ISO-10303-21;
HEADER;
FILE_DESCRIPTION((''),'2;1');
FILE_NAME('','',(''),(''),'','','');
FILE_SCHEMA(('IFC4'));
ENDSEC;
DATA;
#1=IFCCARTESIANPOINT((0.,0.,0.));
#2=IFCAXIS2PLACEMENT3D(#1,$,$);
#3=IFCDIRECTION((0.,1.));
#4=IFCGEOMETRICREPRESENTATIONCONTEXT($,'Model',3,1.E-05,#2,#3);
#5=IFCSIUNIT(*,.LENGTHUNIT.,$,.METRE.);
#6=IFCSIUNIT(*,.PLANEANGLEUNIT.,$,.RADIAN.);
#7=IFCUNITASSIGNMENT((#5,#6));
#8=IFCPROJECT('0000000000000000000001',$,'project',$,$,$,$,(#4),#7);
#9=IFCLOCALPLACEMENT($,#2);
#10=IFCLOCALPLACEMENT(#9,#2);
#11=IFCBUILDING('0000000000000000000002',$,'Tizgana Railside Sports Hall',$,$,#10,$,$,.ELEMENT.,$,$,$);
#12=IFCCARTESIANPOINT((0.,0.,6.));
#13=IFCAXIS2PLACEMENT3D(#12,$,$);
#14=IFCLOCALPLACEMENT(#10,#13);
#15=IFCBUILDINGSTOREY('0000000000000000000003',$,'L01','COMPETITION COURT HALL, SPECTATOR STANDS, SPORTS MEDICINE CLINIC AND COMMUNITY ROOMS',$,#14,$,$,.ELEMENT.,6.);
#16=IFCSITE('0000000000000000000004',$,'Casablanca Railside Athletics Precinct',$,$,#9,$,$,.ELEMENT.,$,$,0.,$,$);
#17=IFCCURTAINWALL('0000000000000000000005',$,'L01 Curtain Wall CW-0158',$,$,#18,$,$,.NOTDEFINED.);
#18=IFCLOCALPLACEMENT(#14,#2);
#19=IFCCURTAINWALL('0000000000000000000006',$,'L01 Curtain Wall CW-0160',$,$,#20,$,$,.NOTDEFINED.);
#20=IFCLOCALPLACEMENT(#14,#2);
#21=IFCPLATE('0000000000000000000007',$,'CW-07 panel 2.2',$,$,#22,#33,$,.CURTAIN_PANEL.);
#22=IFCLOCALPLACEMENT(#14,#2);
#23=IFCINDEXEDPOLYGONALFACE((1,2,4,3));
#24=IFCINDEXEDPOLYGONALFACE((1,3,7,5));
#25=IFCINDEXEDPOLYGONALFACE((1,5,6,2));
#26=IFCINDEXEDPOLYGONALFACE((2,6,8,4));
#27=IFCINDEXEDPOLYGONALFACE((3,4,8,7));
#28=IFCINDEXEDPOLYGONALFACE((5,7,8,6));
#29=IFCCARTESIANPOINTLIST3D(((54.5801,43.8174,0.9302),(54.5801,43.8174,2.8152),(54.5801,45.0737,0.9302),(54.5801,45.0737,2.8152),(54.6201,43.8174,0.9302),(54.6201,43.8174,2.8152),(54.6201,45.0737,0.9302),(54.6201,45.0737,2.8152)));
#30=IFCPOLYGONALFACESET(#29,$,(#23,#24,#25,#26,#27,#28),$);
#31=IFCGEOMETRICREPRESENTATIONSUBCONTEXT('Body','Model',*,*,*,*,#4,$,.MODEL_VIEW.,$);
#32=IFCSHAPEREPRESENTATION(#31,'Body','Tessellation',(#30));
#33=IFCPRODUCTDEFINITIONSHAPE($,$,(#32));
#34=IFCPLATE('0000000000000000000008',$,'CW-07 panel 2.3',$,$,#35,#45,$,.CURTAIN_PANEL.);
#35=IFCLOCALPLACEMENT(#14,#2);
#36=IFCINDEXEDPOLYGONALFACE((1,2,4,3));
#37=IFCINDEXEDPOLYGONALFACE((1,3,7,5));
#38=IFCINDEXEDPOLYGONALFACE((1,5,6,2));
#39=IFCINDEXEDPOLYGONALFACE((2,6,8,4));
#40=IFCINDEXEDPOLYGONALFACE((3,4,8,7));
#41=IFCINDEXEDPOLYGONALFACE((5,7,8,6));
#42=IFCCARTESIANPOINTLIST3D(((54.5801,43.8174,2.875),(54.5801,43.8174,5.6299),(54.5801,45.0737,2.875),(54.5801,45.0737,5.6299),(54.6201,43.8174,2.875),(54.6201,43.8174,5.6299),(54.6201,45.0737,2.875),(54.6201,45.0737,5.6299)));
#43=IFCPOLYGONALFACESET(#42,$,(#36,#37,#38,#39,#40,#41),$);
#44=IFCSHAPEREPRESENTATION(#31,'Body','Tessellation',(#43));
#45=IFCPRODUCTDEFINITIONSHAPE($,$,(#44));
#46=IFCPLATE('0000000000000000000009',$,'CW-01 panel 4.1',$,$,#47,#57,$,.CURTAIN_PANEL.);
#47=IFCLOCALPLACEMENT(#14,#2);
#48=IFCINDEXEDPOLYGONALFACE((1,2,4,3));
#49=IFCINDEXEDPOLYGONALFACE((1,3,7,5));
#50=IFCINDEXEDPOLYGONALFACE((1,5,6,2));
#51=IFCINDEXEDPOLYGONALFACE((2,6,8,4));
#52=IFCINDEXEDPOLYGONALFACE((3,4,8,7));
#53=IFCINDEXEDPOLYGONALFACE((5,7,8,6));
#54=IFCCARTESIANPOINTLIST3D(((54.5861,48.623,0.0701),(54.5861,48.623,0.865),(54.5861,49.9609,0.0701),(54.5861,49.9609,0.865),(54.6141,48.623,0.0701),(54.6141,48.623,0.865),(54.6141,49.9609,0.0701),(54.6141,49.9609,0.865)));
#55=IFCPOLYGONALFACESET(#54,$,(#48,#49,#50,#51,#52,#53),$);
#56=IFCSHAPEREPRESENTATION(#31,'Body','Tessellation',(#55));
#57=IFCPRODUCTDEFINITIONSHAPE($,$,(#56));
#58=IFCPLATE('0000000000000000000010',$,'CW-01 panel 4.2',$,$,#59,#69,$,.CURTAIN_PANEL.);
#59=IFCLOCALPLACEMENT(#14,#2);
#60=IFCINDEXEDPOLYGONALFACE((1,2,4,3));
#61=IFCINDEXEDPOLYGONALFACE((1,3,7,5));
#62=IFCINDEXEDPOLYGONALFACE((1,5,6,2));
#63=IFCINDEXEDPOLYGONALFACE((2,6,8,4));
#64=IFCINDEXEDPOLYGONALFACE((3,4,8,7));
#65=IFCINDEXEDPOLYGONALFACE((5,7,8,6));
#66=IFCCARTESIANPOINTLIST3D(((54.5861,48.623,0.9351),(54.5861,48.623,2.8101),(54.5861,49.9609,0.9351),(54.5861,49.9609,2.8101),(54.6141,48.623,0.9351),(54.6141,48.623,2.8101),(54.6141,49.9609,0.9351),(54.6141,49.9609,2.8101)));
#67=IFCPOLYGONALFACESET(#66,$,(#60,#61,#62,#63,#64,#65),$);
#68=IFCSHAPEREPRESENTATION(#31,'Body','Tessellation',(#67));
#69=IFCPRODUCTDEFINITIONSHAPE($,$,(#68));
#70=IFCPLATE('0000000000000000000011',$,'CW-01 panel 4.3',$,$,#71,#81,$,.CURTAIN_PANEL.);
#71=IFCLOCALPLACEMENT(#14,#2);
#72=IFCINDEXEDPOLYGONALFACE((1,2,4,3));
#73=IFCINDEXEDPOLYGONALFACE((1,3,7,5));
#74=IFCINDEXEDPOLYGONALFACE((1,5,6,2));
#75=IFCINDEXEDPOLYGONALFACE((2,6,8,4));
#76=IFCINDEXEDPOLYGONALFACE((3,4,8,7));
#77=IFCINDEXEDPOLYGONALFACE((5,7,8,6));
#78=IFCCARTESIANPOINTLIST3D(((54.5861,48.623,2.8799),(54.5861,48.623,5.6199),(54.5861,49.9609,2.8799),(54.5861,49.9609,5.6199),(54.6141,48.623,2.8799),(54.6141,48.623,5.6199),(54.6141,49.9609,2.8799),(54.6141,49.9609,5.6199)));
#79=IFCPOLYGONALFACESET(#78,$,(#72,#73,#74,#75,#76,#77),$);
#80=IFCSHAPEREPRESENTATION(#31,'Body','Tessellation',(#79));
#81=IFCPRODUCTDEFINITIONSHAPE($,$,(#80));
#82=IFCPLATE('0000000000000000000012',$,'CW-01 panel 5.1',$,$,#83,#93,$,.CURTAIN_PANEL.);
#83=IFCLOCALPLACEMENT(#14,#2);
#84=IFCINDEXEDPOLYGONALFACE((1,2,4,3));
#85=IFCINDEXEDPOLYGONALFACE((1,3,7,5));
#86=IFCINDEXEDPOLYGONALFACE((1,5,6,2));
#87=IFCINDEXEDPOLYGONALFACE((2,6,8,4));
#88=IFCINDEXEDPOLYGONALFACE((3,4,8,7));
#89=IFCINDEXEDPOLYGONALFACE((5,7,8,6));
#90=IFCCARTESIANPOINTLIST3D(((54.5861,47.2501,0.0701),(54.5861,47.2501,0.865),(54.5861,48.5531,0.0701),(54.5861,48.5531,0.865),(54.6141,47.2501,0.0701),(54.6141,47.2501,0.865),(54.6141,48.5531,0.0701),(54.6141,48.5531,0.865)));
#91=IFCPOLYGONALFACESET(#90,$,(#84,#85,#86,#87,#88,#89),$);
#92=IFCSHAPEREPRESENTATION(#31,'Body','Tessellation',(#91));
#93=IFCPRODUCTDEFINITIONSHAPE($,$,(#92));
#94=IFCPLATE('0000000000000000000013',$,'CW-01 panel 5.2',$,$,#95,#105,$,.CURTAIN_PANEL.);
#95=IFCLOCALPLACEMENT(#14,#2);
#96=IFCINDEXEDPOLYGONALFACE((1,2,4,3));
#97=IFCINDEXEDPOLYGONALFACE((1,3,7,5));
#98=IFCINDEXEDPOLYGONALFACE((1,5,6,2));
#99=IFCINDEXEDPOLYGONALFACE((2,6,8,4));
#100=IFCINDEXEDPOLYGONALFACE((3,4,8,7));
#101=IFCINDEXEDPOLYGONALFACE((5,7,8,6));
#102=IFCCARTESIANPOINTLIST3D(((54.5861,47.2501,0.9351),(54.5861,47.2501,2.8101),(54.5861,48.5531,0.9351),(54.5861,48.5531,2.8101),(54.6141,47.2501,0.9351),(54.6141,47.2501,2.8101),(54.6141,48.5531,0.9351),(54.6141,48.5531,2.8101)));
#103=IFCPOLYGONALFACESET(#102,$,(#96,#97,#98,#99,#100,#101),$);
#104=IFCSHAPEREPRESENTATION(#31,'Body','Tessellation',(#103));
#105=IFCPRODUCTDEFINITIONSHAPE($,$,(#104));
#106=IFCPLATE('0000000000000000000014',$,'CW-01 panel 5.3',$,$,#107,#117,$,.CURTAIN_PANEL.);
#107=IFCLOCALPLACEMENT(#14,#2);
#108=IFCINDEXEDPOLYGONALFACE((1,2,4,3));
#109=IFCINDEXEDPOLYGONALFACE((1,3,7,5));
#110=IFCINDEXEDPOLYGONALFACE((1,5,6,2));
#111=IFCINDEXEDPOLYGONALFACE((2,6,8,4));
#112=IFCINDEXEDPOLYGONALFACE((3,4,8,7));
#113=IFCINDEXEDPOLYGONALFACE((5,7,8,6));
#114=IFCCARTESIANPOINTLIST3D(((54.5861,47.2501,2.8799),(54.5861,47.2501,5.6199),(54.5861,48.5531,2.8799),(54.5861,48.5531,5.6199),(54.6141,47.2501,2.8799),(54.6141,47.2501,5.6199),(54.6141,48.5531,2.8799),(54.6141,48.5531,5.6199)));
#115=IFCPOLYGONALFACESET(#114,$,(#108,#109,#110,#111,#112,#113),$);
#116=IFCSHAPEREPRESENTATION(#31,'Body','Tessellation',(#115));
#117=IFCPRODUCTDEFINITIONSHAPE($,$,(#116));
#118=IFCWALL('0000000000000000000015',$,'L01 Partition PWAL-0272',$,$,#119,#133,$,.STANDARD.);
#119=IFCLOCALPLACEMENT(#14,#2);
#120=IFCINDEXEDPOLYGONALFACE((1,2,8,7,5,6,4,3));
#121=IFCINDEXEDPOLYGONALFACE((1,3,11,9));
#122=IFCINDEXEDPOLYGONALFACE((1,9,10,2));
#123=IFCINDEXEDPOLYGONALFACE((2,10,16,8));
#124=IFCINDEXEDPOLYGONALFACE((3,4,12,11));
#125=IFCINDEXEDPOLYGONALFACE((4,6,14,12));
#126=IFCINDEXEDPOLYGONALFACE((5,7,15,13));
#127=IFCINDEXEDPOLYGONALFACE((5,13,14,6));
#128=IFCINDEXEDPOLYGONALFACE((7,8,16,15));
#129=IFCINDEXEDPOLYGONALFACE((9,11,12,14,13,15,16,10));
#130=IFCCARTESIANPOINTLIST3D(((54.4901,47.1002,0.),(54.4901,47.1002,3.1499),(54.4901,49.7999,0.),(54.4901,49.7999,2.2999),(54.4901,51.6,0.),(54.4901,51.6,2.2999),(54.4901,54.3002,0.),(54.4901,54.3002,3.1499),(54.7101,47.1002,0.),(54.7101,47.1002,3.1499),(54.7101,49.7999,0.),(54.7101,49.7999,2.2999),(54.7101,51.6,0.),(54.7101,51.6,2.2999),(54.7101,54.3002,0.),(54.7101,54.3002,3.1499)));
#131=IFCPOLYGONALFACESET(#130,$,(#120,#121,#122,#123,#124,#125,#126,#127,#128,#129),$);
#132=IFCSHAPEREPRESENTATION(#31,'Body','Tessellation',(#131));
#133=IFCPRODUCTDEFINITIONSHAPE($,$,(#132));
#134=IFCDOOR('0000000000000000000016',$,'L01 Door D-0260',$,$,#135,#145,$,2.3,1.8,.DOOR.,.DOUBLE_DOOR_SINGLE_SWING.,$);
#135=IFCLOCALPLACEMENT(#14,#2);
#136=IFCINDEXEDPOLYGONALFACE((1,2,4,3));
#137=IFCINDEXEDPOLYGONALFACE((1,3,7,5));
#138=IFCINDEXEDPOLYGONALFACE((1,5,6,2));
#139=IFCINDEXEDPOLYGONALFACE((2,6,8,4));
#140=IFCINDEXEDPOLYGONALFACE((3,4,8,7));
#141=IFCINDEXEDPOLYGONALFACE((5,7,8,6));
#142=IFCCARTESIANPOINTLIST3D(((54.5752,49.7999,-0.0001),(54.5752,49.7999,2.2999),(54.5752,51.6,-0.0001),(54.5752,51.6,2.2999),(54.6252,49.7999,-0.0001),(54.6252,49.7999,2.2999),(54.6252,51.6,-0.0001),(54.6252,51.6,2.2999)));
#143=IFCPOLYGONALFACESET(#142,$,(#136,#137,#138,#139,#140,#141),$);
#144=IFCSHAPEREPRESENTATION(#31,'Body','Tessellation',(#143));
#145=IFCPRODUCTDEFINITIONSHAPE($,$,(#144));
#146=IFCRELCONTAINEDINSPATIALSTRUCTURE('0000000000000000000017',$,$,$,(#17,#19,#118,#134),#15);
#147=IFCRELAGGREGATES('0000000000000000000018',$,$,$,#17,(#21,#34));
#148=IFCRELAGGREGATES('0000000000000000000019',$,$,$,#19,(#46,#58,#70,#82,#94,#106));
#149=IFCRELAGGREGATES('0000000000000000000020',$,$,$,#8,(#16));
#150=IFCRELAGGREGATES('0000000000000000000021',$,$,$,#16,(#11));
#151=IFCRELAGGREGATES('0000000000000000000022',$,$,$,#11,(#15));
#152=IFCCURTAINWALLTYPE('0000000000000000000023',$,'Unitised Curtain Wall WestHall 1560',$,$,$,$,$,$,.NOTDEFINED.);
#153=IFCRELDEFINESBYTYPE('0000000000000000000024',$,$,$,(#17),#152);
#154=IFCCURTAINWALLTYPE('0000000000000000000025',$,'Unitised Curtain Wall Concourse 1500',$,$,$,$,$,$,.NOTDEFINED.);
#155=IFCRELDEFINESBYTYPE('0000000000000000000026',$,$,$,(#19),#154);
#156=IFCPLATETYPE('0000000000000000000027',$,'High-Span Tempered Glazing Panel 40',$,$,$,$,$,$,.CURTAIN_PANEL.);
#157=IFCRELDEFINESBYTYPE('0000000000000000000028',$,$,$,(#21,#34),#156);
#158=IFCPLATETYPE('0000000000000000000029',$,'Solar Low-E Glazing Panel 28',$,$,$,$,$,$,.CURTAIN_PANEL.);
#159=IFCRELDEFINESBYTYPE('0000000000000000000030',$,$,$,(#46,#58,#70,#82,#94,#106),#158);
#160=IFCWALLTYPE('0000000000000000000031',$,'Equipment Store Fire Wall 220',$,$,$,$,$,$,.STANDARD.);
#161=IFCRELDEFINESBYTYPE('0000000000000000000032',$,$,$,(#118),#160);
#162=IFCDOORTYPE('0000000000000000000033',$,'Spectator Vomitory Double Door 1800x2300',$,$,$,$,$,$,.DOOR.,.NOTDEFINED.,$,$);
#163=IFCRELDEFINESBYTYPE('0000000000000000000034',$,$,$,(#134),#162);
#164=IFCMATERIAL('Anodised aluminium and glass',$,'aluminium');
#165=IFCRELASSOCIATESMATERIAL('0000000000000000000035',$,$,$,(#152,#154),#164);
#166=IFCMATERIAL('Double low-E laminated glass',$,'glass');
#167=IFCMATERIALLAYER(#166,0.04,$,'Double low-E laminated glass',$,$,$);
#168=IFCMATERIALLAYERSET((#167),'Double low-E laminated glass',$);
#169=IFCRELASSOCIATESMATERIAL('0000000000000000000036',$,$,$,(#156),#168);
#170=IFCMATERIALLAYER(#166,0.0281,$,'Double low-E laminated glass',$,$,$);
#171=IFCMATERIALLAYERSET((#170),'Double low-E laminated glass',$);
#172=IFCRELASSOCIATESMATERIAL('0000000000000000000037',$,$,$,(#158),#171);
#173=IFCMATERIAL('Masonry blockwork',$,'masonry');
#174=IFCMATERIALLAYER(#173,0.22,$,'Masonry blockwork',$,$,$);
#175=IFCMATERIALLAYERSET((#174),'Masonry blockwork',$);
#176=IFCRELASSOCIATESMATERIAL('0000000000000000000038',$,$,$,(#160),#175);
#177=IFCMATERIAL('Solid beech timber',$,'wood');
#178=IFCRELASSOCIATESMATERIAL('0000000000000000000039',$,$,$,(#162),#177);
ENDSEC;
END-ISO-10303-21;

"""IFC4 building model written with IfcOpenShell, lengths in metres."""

from ifc_helpers import new_model, si_unit, direction, frame, frame_2d, origin, origin_2d, place, context, subcontext, project, spatial, rectangle, extrude, material, layer, layer_set, type_object, element, fill, aggregate, save


model = new_model("IFC4")

# Units and contexts
model_context = context("Model", 3, precision=1e-05, world=origin(), true_north=direction((0.0, 1.0)))
body_context = subcontext(model_context, "Body", "Model", "MODEL_VIEW")
ifc_project = project(units=[si_unit("LENGTHUNIT", "METRE"), si_unit("PLANEANGLEUNIT", "RADIAN")], contexts=[model_context])

# Site, building, storey
site_placement = place(None, origin())
site = spatial("IfcSite", under=ifc_project, at=site_placement, Name="Casablanca Railside Athletics Precinct", CompositionType="ELEMENT", RefElevation=0.0)
building_placement = place(site_placement, origin())
building = spatial("IfcBuilding", under=site, at=building_placement, Name="Tizgana Railside Sports Hall", CompositionType="ELEMENT")
storey_placement = place(building_placement, frame((0.0, 0.0, 6.0)))
storey = spatial("IfcBuildingStorey", under=building, at=storey_placement, Name="L01", Description="COMPETITION COURT HALL, SPECTATOR STANDS, SPORTS MEDICINE CLINIC AND COMMUNITY ROOMS", CompositionType="ELEMENT", Elevation=6.0)

# Curtain walls
ifc_material_1 = material(Name="Anodised aluminium and glass", Category="aluminium")
curtain_wall_type_1 = type_object("IfcCurtainWallType", Name="Unitised Curtain Wall WestHall 1560", PredefinedType="NOTDEFINED", material=ifc_material_1)
curtain_wall_1_placement = place(storey_placement, origin())
curtain_wall_1 = element("IfcCurtainWall", 1, at=curtain_wall_1_placement, inside=storey, type_object=curtain_wall_type_1, Name="L01 Curtain Wall CW-0158", PredefinedType="NOTDEFINED")
curtain_wall_type_2 = type_object("IfcCurtainWallType", Name="Unitised Curtain Wall Concourse 1500", PredefinedType="NOTDEFINED", material=ifc_material_1)
curtain_wall_2_placement = place(storey_placement, origin())
curtain_wall_2 = element("IfcCurtainWall", 2, at=curtain_wall_2_placement, inside=storey, type_object=curtain_wall_type_2, Name="L01 Curtain Wall CW-0160", PredefinedType="NOTDEFINED")

# Plates
ifc_material_2 = material(Name="Double low-E laminated glass", Category="glass")
ifc_layer_1 = layer(ifc_material_2, 0.04, Name="Double low-E laminated glass")
ifc_layer_set_1 = layer_set([ifc_layer_1], Name="Double low-E laminated glass")
plate_type_1 = type_object("IfcPlateType", Name="High-Span Tempered Glazing Panel 40", PredefinedType="CURTAIN_PANEL", material=ifc_layer_set_1)
plate_1_placement = place(storey_placement, frame((54.6001, 44.4456, 0.9302), z_axis=(0.0, 0.0, 1.0), x_axis=(0.0, -1.0, 0.0)))
plate_1 = element("IfcPlate", 3, at=plate_1_placement, type_object=plate_type_1, Name="CW-07 panel 2.2", PredefinedType="CURTAIN_PANEL", context=body_context, shape_type="SweptSolid", body=[
    extrude(rectangle(XDim=1.2563, YDim=0.04, at=origin_2d()), origin(), (0.0, 0.0, 1.0), 1.885),
])
plate_2_placement = place(storey_placement, frame((54.6001, 44.4456, 2.875), z_axis=(0.0, 0.0, 1.0), x_axis=(0.0, -1.0, 0.0)))
plate_2 = element("IfcPlate", 4, at=plate_2_placement, type_object=plate_type_1, Name="CW-07 panel 2.3", PredefinedType="CURTAIN_PANEL", context=body_context, shape_type="SweptSolid", body=[
    extrude(rectangle(XDim=1.2563, YDim=0.04, at=origin_2d()), origin(), (0.0, 0.0, 1.0), 2.7549),
])
aggregate(curtain_wall_1, [plate_1, plate_2])
ifc_layer_2 = layer(ifc_material_2, 0.0281, Name="Double low-E laminated glass")
ifc_layer_set_2 = layer_set([ifc_layer_2], Name="Double low-E laminated glass")
plate_type_2 = type_object("IfcPlateType", Name="Solar Low-E Glazing Panel 28", PredefinedType="CURTAIN_PANEL", material=ifc_layer_set_2)
plate_3_placement = place(storey_placement, frame((54.6001, 49.292, 0.0701), z_axis=(0.0, 0.0, 1.0), x_axis=(0.0, -1.0, 0.0)))
plate_3 = element("IfcPlate", 5, at=plate_3_placement, type_object=plate_type_2, Name="CW-01 panel 4.1", PredefinedType="CURTAIN_PANEL", context=body_context, shape_type="SweptSolid", body=[
    extrude(rectangle(XDim=1.3379, YDim=0.0281, at=origin_2d()), origin(), (0.0, 0.0, 1.0), 0.7949),
])
plate_4_placement = place(storey_placement, frame((54.6001, 49.292, 0.9351), z_axis=(0.0, 0.0, 1.0), x_axis=(0.0, -1.0, 0.0)))
plate_4 = element("IfcPlate", 6, at=plate_4_placement, type_object=plate_type_2, Name="CW-01 panel 4.2", PredefinedType="CURTAIN_PANEL", context=body_context, shape_type="SweptSolid", body=[
    extrude(rectangle(XDim=1.3379, YDim=0.0281, at=origin_2d()), origin(), (0.0, 0.0, 1.0), 1.875),
])
plate_5_placement = place(storey_placement, frame((54.6001, 49.292, 2.8799), z_axis=(0.0, 0.0, 1.0), x_axis=(0.0, -1.0, 0.0)))
plate_5 = element("IfcPlate", 7, at=plate_5_placement, type_object=plate_type_2, Name="CW-01 panel 4.3", PredefinedType="CURTAIN_PANEL", context=body_context, shape_type="SweptSolid", body=[
    extrude(rectangle(XDim=1.3379, YDim=0.0281, at=origin_2d()), origin(), (0.0, 0.0, 1.0), 2.74),
])
plate_6_placement = place(storey_placement, frame((54.6001, 47.9016, 0.0701), z_axis=(0.0, 0.0, 1.0), x_axis=(0.0, -1.0, 0.0)))
plate_6 = element("IfcPlate", 8, at=plate_6_placement, type_object=plate_type_2, Name="CW-01 panel 5.1", PredefinedType="CURTAIN_PANEL", context=body_context, shape_type="SweptSolid", body=[
    extrude(rectangle(XDim=1.303, YDim=0.0281, at=origin_2d()), origin(), (0.0, 0.0, 1.0), 0.7949),
])
plate_7_placement = place(storey_placement, frame((54.6001, 47.9016, 0.9351), z_axis=(0.0, 0.0, 1.0), x_axis=(0.0, -1.0, 0.0)))
plate_7 = element("IfcPlate", 9, at=plate_7_placement, type_object=plate_type_2, Name="CW-01 panel 5.2", PredefinedType="CURTAIN_PANEL", context=body_context, shape_type="SweptSolid", body=[
    extrude(rectangle(XDim=1.303, YDim=0.0281, at=origin_2d()), origin(), (0.0, 0.0, 1.0), 1.875),
])
plate_8_placement = place(storey_placement, frame((54.6001, 47.9016, 2.8799), z_axis=(0.0, 0.0, 1.0), x_axis=(0.0, -1.0, 0.0)))
plate_8 = element("IfcPlate", 10, at=plate_8_placement, type_object=plate_type_2, Name="CW-01 panel 5.3", PredefinedType="CURTAIN_PANEL", context=body_context, shape_type="SweptSolid", body=[
    extrude(rectangle(XDim=1.303, YDim=0.0281, at=origin_2d()), origin(), (0.0, 0.0, 1.0), 2.74),
])
aggregate(curtain_wall_2, [plate_3, plate_4, plate_5, plate_6, plate_7, plate_8])

# Wall, opening, door
ifc_material_3 = material(Name="Masonry blockwork", Category="masonry")
ifc_layer_3 = layer(ifc_material_3, 0.22, Name="Masonry blockwork")
ifc_layer_set_3 = layer_set([ifc_layer_3], Name="Masonry blockwork")
wall_type = type_object("IfcWallType", Name="Equipment Store Fire Wall 220", PredefinedType="STANDARD", material=ifc_layer_set_3)
wall_placement = place(storey_placement, frame((54.6001, 47.1001, 0.0), z_axis=(0.0, 0.0, 1.0), x_axis=(0.0, 1.0, 0.0)))
wall = element("IfcWall", 11, at=wall_placement, inside=storey, type_object=wall_type, Name="L01 Partition PWAL-0272", PredefinedType="STANDARD", context=body_context, shape_type="SweptSolid", body=[
    extrude(rectangle(XDim=7.2, YDim=0.22, at=frame_2d((3.6001, 0.0))), origin(), (0.0, 0.0, 1.0), 3.1499),
])
opening_placement = place(wall_placement, frame((2.7, 0.0, 0.0)))
opening = element("IfcOpeningElement", 12, at=opening_placement, cuts=wall, PredefinedType="OPENING", context=body_context, shape_type="SweptSolid", body=[
    extrude(rectangle(XDim=1.8, YDim=2.3, at=frame_2d((0.8999, 1.1499))), frame((0.0, 0.1199, 0.0), z_axis=(0.0, -1.0, 0.0), x_axis=(1.0, 0.0, 0.0)), (0.0, 0.0, 1.0), 0.24),
])
ifc_material_4 = material(Name="Solid beech timber", Category="wood")
door_type = type_object("IfcDoorType", Name="Spectator Vomitory Double Door 1800x2300", OperationType="NOTDEFINED", PredefinedType="DOOR", material=ifc_material_4)
door_placement = place(opening_placement, origin())
door = element("IfcDoor", 13, at=door_placement, inside=storey, type_object=door_type, Name="L01 Door D-0260", OperationType="DOUBLE_DOOR_SINGLE_SWING", OverallHeight=2.3, OverallWidth=1.8, PredefinedType="DOOR", context=body_context, shape_type="SweptSolid", body=[
    extrude(rectangle(XDim=1.8, YDim=2.3, at=frame_2d((0.8999, 1.1499))), frame((0.0, 0.0249, 0.0), z_axis=(0.0, -1.0, 0.0), x_axis=(1.0, 0.0, 0.0)), (0.0, 0.0, 1.0), 0.05),
])
fill(opening, door)

save(model, "model.ifc")
